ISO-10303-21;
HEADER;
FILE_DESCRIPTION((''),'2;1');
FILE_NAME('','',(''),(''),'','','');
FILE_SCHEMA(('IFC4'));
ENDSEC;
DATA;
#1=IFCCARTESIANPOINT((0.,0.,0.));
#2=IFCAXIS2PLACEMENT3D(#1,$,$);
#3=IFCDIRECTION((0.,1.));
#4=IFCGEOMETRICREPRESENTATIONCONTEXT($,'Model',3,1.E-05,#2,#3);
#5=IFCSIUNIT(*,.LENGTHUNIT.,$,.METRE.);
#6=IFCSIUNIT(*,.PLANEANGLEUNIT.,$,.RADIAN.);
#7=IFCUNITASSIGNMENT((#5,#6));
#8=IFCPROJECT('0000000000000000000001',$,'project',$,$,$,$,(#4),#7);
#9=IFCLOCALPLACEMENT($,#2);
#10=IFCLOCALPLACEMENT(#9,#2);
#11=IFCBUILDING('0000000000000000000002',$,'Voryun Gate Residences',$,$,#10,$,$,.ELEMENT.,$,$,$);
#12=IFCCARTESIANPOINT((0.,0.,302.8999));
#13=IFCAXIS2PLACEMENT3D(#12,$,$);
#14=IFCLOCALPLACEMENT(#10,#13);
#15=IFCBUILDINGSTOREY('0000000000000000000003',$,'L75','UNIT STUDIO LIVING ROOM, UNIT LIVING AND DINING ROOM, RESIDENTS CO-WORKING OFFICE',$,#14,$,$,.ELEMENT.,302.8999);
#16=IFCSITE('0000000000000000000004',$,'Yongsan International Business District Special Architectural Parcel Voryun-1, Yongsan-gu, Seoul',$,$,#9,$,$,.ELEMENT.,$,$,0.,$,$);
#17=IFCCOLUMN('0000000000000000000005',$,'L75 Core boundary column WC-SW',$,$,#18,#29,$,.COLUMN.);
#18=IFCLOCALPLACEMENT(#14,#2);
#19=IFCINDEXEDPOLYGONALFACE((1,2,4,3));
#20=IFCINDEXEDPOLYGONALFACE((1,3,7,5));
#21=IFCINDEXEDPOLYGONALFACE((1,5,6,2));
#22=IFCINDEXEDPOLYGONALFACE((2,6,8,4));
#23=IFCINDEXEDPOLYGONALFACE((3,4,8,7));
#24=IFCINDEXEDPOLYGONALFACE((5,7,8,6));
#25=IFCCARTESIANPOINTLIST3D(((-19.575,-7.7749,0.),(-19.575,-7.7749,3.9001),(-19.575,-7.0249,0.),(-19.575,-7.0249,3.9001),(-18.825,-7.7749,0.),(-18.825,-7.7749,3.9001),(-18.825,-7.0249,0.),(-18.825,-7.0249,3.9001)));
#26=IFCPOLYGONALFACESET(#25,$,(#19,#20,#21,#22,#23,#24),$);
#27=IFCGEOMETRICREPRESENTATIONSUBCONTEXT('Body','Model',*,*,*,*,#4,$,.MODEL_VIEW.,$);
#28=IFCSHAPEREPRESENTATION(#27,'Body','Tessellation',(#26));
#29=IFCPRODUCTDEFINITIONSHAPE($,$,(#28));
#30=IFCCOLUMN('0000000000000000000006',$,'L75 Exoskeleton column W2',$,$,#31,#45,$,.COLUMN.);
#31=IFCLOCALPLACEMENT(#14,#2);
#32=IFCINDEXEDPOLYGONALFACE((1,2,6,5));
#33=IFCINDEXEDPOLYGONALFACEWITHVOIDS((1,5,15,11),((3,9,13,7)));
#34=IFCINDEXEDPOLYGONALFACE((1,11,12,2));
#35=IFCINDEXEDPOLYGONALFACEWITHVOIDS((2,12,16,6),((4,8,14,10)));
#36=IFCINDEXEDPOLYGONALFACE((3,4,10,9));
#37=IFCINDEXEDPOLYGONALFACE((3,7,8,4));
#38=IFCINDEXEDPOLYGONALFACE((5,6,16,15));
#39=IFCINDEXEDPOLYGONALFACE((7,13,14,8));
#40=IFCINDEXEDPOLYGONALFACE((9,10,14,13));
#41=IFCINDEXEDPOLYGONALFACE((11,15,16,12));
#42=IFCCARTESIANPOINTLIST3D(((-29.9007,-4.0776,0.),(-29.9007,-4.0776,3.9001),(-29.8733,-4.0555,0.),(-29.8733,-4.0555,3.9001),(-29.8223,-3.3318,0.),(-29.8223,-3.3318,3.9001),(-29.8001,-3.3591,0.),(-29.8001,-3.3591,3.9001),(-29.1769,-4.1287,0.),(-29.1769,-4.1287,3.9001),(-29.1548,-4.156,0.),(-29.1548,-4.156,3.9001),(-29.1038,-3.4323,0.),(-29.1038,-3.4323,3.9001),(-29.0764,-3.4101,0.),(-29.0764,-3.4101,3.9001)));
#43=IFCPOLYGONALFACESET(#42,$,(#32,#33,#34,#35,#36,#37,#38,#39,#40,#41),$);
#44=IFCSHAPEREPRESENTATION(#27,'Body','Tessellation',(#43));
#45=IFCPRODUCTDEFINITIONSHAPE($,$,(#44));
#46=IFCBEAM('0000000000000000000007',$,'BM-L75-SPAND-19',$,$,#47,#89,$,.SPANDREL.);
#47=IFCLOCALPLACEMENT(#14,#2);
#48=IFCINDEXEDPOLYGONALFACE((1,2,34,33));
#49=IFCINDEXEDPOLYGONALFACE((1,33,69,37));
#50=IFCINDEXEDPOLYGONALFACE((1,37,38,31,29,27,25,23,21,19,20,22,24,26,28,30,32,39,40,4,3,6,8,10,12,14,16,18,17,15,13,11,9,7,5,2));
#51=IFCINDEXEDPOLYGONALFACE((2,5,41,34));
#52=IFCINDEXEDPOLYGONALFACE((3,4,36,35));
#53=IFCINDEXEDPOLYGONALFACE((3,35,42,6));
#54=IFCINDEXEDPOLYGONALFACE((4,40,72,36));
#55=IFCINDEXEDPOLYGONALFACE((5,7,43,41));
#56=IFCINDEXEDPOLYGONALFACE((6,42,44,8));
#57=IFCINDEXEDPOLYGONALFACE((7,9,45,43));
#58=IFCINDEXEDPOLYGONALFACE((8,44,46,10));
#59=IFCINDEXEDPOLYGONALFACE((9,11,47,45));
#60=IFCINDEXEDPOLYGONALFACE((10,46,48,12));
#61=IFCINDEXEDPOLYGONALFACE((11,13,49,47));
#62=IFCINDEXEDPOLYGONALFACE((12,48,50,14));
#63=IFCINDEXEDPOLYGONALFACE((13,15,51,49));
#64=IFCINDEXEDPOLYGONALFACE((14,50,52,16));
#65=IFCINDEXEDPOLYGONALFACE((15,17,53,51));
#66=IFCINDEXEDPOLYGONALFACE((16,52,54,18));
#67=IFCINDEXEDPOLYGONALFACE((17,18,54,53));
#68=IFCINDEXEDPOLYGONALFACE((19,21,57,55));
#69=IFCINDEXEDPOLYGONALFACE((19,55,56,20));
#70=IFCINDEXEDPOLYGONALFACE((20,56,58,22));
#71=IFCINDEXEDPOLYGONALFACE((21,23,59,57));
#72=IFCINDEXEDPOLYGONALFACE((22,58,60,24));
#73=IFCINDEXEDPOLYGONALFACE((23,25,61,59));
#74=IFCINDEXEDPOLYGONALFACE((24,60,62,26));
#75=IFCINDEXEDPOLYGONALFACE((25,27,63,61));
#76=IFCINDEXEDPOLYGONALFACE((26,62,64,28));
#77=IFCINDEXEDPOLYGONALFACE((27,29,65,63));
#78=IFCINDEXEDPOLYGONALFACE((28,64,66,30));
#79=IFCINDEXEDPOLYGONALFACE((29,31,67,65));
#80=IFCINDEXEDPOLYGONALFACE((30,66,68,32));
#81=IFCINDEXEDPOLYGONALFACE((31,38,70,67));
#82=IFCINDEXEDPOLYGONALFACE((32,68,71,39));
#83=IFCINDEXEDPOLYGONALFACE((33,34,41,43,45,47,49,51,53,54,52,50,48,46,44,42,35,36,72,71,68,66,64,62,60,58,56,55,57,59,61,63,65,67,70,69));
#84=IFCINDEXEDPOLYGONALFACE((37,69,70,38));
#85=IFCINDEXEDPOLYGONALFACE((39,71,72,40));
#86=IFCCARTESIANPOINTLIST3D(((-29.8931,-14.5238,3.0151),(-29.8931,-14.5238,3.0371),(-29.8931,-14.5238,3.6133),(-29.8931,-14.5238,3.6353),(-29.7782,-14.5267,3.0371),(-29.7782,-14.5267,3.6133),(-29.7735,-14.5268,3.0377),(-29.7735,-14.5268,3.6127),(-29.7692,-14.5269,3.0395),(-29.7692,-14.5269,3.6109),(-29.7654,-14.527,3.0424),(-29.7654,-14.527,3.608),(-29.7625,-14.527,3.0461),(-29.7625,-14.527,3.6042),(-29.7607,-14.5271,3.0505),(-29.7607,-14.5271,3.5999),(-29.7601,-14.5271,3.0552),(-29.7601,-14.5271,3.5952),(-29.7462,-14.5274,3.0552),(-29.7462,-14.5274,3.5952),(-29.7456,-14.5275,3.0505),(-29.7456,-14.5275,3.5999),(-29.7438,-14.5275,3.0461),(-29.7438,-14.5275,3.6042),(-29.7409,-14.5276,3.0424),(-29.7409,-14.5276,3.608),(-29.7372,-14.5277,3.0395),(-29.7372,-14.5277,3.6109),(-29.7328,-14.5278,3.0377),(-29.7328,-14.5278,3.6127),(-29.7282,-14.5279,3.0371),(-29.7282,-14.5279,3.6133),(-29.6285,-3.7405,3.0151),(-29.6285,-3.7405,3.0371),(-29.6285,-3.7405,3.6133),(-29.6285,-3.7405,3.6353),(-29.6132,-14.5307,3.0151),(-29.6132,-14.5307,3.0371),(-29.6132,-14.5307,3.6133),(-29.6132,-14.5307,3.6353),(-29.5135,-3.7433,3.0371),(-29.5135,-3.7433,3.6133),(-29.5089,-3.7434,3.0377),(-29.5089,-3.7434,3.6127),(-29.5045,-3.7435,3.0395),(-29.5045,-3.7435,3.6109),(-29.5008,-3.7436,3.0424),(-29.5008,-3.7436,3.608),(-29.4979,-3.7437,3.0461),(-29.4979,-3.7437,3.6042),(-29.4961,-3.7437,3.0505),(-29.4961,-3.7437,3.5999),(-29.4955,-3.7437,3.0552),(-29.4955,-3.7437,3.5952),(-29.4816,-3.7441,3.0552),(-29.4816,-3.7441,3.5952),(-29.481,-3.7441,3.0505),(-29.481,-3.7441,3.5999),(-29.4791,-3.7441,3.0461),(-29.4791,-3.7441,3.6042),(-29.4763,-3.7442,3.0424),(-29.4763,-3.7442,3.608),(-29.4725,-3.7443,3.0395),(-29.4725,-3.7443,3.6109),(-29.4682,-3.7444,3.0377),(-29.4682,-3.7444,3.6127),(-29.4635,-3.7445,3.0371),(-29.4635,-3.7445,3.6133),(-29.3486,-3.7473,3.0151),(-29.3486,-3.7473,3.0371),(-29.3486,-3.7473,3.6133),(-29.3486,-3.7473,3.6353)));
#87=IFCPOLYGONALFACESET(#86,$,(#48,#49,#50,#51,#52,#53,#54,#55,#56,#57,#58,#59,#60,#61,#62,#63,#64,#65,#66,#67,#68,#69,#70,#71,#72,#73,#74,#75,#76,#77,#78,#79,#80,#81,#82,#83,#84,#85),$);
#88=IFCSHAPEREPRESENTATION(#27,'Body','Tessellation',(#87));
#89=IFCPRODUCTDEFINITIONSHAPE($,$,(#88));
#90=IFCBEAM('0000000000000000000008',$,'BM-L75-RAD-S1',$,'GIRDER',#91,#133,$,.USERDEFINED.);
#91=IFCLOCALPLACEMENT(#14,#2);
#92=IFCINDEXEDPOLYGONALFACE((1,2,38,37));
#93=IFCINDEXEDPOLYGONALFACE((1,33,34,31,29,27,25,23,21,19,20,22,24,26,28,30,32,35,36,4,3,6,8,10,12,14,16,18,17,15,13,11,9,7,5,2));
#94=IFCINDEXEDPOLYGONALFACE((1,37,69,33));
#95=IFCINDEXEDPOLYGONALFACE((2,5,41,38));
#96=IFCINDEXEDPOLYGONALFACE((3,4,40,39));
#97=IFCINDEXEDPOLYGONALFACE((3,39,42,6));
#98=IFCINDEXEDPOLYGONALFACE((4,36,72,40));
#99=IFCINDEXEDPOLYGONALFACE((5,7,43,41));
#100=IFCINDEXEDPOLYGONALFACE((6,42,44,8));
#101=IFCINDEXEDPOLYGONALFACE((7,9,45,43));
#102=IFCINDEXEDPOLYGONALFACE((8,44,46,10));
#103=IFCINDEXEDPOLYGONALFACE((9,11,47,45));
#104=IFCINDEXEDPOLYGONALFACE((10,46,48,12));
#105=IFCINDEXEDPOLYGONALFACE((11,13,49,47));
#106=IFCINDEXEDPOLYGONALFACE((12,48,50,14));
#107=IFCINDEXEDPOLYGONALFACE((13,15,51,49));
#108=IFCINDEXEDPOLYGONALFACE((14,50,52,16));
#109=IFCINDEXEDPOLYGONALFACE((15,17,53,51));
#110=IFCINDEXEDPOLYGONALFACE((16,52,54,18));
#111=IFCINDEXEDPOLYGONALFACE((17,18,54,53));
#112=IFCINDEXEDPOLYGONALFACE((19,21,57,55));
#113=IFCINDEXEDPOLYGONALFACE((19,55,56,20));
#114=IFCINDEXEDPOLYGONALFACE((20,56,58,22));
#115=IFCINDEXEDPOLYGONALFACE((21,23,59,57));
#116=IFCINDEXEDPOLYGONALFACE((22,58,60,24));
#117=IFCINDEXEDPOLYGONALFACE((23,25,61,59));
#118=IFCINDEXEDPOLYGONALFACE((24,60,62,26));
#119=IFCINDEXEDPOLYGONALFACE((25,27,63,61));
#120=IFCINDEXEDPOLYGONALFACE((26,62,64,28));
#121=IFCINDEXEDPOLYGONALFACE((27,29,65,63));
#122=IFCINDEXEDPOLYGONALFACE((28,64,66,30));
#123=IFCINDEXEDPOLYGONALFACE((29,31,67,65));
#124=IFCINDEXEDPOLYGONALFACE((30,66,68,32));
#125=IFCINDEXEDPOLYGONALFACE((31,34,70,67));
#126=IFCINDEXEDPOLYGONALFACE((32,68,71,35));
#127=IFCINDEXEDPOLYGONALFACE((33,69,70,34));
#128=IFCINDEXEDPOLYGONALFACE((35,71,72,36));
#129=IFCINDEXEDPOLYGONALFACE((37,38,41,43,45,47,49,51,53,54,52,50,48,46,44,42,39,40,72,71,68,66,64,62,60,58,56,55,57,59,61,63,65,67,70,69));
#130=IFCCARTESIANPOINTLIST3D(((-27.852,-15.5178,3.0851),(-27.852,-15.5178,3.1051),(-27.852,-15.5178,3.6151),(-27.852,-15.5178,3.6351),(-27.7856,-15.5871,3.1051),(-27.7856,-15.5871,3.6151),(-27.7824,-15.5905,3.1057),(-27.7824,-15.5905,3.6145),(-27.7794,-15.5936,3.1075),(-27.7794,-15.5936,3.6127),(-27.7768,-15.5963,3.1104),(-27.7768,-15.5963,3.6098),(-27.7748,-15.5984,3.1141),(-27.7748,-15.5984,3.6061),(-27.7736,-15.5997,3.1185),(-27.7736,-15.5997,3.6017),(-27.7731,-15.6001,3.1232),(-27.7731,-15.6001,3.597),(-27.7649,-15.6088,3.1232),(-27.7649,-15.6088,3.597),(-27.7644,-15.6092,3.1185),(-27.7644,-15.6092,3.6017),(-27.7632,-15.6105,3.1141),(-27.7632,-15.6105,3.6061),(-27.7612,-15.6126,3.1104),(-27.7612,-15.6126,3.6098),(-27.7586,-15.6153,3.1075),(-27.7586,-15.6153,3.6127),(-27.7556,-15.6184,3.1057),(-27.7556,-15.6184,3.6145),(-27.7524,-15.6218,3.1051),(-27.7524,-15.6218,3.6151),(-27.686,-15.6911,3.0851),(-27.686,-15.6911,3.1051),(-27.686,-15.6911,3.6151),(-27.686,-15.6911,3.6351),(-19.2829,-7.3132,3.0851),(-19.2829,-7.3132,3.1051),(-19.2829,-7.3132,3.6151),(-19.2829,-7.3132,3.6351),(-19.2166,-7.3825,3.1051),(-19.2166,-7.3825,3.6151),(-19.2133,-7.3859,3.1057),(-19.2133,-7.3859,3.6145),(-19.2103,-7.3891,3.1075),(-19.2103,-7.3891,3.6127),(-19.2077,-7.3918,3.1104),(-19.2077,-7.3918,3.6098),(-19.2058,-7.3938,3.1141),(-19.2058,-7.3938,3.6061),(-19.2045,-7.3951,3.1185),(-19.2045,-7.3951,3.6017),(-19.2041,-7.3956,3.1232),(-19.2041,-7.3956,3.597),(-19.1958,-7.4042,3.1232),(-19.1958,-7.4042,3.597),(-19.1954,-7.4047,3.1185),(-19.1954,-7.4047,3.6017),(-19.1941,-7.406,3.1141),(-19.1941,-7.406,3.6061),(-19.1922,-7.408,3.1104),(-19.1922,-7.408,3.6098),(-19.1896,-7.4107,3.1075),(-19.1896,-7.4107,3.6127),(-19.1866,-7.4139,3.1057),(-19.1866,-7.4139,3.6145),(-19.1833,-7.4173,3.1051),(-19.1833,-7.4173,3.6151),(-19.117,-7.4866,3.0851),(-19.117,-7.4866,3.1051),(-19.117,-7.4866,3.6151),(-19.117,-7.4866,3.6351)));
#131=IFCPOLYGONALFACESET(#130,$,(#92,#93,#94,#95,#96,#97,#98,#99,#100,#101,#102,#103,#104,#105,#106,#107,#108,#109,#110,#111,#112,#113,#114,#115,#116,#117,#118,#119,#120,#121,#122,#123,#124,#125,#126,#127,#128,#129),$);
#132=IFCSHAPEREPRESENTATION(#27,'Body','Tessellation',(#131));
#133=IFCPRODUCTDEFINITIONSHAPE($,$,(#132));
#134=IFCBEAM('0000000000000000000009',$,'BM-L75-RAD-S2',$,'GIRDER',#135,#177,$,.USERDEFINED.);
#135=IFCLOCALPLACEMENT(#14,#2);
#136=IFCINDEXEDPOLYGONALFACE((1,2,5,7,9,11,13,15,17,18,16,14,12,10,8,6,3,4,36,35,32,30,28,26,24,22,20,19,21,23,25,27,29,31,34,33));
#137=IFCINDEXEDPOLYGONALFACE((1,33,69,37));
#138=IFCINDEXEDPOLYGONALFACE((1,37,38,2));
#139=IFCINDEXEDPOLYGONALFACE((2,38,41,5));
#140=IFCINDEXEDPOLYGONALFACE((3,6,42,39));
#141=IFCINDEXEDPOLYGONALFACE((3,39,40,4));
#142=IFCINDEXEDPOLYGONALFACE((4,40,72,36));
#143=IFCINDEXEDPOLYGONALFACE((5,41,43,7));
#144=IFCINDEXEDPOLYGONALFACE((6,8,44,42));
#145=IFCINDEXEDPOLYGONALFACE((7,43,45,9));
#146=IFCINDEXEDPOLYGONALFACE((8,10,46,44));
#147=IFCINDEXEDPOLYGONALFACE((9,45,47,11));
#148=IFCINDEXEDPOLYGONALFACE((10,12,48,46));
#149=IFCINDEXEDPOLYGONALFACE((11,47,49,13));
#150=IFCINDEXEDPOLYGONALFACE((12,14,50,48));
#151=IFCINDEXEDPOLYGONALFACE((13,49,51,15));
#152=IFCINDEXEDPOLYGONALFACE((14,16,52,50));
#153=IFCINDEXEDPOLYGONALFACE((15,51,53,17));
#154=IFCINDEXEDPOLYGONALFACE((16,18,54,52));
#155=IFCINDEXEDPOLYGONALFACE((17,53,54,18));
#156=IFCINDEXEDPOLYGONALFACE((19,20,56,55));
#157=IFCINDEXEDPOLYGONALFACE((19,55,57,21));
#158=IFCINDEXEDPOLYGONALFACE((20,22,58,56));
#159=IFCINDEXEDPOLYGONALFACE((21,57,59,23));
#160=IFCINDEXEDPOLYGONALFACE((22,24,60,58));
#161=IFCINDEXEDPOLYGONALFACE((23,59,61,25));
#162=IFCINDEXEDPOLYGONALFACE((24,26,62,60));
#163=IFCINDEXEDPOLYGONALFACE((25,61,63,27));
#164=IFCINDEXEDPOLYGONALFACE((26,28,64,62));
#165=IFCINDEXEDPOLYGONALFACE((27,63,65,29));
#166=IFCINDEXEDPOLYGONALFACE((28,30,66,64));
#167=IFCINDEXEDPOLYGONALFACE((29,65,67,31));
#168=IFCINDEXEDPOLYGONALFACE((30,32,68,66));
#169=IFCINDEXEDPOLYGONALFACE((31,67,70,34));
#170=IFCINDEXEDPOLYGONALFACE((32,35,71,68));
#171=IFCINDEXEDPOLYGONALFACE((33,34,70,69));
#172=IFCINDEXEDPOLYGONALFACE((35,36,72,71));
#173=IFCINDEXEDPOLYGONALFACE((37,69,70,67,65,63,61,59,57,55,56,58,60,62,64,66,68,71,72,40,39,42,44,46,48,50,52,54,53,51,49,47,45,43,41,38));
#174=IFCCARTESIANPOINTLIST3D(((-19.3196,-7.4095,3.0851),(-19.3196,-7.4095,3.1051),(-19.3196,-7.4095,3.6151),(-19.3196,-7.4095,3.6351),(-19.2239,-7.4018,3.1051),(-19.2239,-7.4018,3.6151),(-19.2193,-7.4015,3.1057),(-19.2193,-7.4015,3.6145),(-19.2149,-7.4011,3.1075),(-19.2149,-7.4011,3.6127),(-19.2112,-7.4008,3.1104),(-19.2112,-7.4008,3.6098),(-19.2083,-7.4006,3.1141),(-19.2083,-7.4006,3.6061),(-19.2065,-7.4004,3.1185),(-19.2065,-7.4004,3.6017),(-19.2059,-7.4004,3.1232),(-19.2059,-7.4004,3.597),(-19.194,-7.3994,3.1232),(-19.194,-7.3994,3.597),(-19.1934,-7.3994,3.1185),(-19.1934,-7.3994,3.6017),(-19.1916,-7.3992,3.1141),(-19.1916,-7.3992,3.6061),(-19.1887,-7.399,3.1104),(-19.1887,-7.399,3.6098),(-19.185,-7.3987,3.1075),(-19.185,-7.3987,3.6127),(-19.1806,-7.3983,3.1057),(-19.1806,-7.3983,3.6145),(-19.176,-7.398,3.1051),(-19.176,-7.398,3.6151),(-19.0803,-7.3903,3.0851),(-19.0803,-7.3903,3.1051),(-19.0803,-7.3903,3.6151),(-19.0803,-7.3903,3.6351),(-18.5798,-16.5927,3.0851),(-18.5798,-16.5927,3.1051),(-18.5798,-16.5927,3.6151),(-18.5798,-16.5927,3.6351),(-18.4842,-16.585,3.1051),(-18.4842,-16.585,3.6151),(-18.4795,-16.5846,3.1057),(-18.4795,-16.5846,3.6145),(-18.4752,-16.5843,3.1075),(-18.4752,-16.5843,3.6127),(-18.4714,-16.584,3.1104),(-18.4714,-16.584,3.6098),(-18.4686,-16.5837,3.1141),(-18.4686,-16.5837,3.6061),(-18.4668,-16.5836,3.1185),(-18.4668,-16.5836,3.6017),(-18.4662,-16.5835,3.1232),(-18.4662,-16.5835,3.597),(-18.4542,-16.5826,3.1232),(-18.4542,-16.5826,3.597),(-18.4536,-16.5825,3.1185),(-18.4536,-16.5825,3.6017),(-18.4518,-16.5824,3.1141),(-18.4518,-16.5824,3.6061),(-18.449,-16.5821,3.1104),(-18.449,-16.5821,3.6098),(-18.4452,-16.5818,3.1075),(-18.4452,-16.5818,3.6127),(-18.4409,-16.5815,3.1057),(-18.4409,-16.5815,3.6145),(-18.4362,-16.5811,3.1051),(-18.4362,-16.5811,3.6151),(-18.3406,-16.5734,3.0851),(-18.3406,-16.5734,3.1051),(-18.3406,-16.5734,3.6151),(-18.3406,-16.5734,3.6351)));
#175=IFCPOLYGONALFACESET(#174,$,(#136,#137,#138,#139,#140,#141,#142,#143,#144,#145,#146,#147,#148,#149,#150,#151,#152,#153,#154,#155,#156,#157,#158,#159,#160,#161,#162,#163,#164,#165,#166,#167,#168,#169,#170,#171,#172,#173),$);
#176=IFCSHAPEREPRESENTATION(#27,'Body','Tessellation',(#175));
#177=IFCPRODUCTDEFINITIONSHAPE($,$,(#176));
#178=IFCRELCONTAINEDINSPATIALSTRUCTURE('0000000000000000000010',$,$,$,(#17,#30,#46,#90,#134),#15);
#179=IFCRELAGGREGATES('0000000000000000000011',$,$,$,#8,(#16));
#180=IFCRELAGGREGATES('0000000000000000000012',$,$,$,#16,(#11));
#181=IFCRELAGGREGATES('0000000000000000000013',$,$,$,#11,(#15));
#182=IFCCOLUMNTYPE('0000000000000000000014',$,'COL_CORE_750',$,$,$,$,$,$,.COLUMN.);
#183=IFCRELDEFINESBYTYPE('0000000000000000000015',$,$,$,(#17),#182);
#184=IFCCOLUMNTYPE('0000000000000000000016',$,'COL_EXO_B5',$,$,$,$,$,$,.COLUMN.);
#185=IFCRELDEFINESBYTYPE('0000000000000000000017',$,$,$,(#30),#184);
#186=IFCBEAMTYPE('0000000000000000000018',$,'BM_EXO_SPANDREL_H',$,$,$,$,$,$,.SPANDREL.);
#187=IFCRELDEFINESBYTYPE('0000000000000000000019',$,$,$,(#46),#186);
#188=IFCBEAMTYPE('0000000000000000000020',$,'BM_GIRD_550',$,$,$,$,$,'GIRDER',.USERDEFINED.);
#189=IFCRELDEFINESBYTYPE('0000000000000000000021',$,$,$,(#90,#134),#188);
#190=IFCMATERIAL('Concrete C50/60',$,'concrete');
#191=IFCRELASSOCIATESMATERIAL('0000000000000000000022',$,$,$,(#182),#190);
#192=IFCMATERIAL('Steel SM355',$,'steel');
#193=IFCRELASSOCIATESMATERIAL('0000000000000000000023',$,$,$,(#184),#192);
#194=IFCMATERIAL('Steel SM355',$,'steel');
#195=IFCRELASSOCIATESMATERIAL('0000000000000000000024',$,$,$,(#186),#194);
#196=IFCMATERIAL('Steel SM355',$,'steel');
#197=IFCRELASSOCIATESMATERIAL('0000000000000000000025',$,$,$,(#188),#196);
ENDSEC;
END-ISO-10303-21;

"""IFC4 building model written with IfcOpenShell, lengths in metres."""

from ifc_helpers import new_model, si_unit, direction, frame, origin, origin_2d, place, context, subcontext, project, spatial, rectangle, hollow_rectangle, i_section, extrude, material, material_profile, profile_set, type_object, element, save


model = new_model("IFC4")

# Units and contexts
model_context = context("Model", 3, precision=1e-05, world=origin(), true_north=direction((0.0, 1.0)))
body_context = subcontext(model_context, "Body", "Model", "MODEL_VIEW")
ifc_project = project(units=[si_unit("LENGTHUNIT", "METRE"), si_unit("PLANEANGLEUNIT", "RADIAN")], contexts=[model_context])

# Site, building, storey
site_placement = place(None, origin())
site = spatial("IfcSite", under=ifc_project, at=site_placement, Name="Yongsan International Business District Special Architectural Parcel Voryun-1, Yongsan-gu, Seoul", CompositionType="ELEMENT", RefElevation=0.0)
building_placement = place(site_placement, origin())
building = spatial("IfcBuilding", under=site, at=building_placement, Name="Voryun Gate Residences", CompositionType="ELEMENT")
storey_placement = place(building_placement, frame((0.0, 0.0, 302.8999)))
storey = spatial("IfcBuildingStorey", under=building, at=storey_placement, Name="L75", Description="UNIT STUDIO LIVING ROOM, UNIT LIVING AND DINING ROOM, RESIDENTS CO-WORKING OFFICE", CompositionType="ELEMENT", Elevation=302.8999)

# Columns
ifc_material_1 = material(Name="Concrete C50/60", Category="concrete")
ifc_material_profile_1 = material_profile(ifc_material_1, rectangle(XDim=0.75, YDim=0.75, at=origin_2d()), Name="RC-750x750")
ifc_profile_set_1 = profile_set([ifc_material_profile_1], Name="Concrete C50/60")
column_type_1 = type_object("IfcColumnType", Name="COL_CORE_750", PredefinedType="COLUMN", material=ifc_profile_set_1)
column_1_placement = place(storey_placement, frame((-19.2, -7.3999, 0.0), z_axis=(0.0, 0.0, 1.0), x_axis=(1.0, 0.0, 0.0)))
element("IfcColumn", 1, at=column_1_placement, inside=storey, type_object=column_type_1, Name="L75 Core boundary column WC-SW", PredefinedType="COLUMN", context=body_context, shape_type="SweptSolid", body=[
    extrude(rectangle(XDim=0.75, YDim=0.75, at=origin_2d()), origin(), (0.0, 0.0, 1.0), 3.9001),
])
ifc_material_2 = material(Name="Steel SM355", Category="steel")
ifc_material_profile_2 = material_profile(ifc_material_2, hollow_rectangle(XDim=0.75, YDim=0.75, WallThickness=0.0249, at=origin_2d()), Name="BOX-750x750x25")
ifc_profile_set_2 = profile_set([ifc_material_profile_2], Name="Steel SM355")
column_type_2 = type_object("IfcColumnType", Name="COL_EXO_B5", PredefinedType="COLUMN", material=ifc_profile_set_2)
column_2_placement = place(storey_placement, frame((-29.4885, -3.7439, 0.0), z_axis=(0.0, 0.0, 1.0), x_axis=(0.994522, -0.104528, 0.0)))
element("IfcColumn", 2, at=column_2_placement, inside=storey, type_object=column_type_2, Name="L75 Exoskeleton column W2", PredefinedType="COLUMN", context=body_context, shape_type="SweptSolid", body=[
    extrude(hollow_rectangle(XDim=0.75, YDim=0.75, WallThickness=0.0249, at=origin_2d()), origin(), (0.0, 0.0, 1.0), 3.9001),
])

# Beams
ifc_material_3 = material(Name="Steel SM355", Category="steel")
ifc_material_profile_3 = material_profile(ifc_material_3, i_section(OverallWidth=0.28, OverallDepth=0.6201, WebThickness=0.0139, FlangeThickness=0.022, FilletRadius=0.0181, at=origin_2d()), Name="H-620x280x14x22")
ifc_profile_set_3 = profile_set([ifc_material_profile_3], Name="Steel SM355")
beam_type_1 = type_object("IfcBeamType", Name="BM_EXO_SPANDREL_H", PredefinedType="SPANDREL", material=ifc_profile_set_3)
beam_1_placement = place(storey_placement, frame((-29.4885, -3.7439, 3.3252), z_axis=(-0.024535, -0.999699, 0.0), x_axis=(0.999699, -0.024535, 0.0)))
element("IfcBeam", 3, at=beam_1_placement, inside=storey, type_object=beam_type_1, Name="BM-L75-SPAND-19", PredefinedType="SPANDREL", context=body_context, shape_type="SweptSolid", body=[
    extrude(i_section(OverallWidth=0.28, OverallDepth=0.6201, WebThickness=0.0139, FlangeThickness=0.022, FilletRadius=0.0181, at=origin_2d()), origin(), (0.0, 0.0, 1.0), 10.7866),
])
ifc_material_4 = material(Name="Steel SM355", Category="steel")
ifc_material_profile_4 = material_profile(ifc_material_4, i_section(OverallWidth=0.24, OverallDepth=0.55, WebThickness=0.012, FlangeThickness=0.02, FilletRadius=0.0181, at=origin_2d()), Name="H-550x240x12x20")
ifc_profile_set_4 = profile_set([ifc_material_profile_4], Name="Steel SM355")
beam_type_2 = type_object("IfcBeamType", Name="BM_GIRD_550", ElementType="GIRDER", PredefinedType="USERDEFINED", material=ifc_profile_set_4)
beam_2_placement = place(storey_placement, frame((-19.2, -7.3999, 3.3601), z_axis=(-0.722302, -0.691578, 0.0), x_axis=(0.691578, -0.722302, 0.0)))
element("IfcBeam", 4, at=beam_2_placement, inside=storey, type_object=beam_type_2, Name="BM-L75-RAD-S1", ObjectType="GIRDER", PredefinedType="USERDEFINED", context=body_context, shape_type="SweptSolid", body=[
    extrude(i_section(OverallWidth=0.24, OverallDepth=0.55, WebThickness=0.012, FlangeThickness=0.02, FilletRadius=0.0181, at=origin_2d()), origin(), (0.0, 0.0, 1.0), 11.8635),
])
beam_3_placement = place(storey_placement, frame((-19.2, -7.3999, 3.3601), z_axis=(0.080295, -0.996771, 0.0), x_axis=(0.996771, 0.080295, 0.0)))
element("IfcBeam", 5, at=beam_3_placement, inside=storey, type_object=beam_type_2, Name="BM-L75-RAD-S2", ObjectType="GIRDER", PredefinedType="USERDEFINED", context=body_context, shape_type="SweptSolid", body=[
    extrude(i_section(OverallWidth=0.24, OverallDepth=0.55, WebThickness=0.012, FlangeThickness=0.02, FilletRadius=0.0181, at=origin_2d()), origin(), (0.0, 0.0, 1.0), 9.2129),
])

save(model, "model.ifc")
